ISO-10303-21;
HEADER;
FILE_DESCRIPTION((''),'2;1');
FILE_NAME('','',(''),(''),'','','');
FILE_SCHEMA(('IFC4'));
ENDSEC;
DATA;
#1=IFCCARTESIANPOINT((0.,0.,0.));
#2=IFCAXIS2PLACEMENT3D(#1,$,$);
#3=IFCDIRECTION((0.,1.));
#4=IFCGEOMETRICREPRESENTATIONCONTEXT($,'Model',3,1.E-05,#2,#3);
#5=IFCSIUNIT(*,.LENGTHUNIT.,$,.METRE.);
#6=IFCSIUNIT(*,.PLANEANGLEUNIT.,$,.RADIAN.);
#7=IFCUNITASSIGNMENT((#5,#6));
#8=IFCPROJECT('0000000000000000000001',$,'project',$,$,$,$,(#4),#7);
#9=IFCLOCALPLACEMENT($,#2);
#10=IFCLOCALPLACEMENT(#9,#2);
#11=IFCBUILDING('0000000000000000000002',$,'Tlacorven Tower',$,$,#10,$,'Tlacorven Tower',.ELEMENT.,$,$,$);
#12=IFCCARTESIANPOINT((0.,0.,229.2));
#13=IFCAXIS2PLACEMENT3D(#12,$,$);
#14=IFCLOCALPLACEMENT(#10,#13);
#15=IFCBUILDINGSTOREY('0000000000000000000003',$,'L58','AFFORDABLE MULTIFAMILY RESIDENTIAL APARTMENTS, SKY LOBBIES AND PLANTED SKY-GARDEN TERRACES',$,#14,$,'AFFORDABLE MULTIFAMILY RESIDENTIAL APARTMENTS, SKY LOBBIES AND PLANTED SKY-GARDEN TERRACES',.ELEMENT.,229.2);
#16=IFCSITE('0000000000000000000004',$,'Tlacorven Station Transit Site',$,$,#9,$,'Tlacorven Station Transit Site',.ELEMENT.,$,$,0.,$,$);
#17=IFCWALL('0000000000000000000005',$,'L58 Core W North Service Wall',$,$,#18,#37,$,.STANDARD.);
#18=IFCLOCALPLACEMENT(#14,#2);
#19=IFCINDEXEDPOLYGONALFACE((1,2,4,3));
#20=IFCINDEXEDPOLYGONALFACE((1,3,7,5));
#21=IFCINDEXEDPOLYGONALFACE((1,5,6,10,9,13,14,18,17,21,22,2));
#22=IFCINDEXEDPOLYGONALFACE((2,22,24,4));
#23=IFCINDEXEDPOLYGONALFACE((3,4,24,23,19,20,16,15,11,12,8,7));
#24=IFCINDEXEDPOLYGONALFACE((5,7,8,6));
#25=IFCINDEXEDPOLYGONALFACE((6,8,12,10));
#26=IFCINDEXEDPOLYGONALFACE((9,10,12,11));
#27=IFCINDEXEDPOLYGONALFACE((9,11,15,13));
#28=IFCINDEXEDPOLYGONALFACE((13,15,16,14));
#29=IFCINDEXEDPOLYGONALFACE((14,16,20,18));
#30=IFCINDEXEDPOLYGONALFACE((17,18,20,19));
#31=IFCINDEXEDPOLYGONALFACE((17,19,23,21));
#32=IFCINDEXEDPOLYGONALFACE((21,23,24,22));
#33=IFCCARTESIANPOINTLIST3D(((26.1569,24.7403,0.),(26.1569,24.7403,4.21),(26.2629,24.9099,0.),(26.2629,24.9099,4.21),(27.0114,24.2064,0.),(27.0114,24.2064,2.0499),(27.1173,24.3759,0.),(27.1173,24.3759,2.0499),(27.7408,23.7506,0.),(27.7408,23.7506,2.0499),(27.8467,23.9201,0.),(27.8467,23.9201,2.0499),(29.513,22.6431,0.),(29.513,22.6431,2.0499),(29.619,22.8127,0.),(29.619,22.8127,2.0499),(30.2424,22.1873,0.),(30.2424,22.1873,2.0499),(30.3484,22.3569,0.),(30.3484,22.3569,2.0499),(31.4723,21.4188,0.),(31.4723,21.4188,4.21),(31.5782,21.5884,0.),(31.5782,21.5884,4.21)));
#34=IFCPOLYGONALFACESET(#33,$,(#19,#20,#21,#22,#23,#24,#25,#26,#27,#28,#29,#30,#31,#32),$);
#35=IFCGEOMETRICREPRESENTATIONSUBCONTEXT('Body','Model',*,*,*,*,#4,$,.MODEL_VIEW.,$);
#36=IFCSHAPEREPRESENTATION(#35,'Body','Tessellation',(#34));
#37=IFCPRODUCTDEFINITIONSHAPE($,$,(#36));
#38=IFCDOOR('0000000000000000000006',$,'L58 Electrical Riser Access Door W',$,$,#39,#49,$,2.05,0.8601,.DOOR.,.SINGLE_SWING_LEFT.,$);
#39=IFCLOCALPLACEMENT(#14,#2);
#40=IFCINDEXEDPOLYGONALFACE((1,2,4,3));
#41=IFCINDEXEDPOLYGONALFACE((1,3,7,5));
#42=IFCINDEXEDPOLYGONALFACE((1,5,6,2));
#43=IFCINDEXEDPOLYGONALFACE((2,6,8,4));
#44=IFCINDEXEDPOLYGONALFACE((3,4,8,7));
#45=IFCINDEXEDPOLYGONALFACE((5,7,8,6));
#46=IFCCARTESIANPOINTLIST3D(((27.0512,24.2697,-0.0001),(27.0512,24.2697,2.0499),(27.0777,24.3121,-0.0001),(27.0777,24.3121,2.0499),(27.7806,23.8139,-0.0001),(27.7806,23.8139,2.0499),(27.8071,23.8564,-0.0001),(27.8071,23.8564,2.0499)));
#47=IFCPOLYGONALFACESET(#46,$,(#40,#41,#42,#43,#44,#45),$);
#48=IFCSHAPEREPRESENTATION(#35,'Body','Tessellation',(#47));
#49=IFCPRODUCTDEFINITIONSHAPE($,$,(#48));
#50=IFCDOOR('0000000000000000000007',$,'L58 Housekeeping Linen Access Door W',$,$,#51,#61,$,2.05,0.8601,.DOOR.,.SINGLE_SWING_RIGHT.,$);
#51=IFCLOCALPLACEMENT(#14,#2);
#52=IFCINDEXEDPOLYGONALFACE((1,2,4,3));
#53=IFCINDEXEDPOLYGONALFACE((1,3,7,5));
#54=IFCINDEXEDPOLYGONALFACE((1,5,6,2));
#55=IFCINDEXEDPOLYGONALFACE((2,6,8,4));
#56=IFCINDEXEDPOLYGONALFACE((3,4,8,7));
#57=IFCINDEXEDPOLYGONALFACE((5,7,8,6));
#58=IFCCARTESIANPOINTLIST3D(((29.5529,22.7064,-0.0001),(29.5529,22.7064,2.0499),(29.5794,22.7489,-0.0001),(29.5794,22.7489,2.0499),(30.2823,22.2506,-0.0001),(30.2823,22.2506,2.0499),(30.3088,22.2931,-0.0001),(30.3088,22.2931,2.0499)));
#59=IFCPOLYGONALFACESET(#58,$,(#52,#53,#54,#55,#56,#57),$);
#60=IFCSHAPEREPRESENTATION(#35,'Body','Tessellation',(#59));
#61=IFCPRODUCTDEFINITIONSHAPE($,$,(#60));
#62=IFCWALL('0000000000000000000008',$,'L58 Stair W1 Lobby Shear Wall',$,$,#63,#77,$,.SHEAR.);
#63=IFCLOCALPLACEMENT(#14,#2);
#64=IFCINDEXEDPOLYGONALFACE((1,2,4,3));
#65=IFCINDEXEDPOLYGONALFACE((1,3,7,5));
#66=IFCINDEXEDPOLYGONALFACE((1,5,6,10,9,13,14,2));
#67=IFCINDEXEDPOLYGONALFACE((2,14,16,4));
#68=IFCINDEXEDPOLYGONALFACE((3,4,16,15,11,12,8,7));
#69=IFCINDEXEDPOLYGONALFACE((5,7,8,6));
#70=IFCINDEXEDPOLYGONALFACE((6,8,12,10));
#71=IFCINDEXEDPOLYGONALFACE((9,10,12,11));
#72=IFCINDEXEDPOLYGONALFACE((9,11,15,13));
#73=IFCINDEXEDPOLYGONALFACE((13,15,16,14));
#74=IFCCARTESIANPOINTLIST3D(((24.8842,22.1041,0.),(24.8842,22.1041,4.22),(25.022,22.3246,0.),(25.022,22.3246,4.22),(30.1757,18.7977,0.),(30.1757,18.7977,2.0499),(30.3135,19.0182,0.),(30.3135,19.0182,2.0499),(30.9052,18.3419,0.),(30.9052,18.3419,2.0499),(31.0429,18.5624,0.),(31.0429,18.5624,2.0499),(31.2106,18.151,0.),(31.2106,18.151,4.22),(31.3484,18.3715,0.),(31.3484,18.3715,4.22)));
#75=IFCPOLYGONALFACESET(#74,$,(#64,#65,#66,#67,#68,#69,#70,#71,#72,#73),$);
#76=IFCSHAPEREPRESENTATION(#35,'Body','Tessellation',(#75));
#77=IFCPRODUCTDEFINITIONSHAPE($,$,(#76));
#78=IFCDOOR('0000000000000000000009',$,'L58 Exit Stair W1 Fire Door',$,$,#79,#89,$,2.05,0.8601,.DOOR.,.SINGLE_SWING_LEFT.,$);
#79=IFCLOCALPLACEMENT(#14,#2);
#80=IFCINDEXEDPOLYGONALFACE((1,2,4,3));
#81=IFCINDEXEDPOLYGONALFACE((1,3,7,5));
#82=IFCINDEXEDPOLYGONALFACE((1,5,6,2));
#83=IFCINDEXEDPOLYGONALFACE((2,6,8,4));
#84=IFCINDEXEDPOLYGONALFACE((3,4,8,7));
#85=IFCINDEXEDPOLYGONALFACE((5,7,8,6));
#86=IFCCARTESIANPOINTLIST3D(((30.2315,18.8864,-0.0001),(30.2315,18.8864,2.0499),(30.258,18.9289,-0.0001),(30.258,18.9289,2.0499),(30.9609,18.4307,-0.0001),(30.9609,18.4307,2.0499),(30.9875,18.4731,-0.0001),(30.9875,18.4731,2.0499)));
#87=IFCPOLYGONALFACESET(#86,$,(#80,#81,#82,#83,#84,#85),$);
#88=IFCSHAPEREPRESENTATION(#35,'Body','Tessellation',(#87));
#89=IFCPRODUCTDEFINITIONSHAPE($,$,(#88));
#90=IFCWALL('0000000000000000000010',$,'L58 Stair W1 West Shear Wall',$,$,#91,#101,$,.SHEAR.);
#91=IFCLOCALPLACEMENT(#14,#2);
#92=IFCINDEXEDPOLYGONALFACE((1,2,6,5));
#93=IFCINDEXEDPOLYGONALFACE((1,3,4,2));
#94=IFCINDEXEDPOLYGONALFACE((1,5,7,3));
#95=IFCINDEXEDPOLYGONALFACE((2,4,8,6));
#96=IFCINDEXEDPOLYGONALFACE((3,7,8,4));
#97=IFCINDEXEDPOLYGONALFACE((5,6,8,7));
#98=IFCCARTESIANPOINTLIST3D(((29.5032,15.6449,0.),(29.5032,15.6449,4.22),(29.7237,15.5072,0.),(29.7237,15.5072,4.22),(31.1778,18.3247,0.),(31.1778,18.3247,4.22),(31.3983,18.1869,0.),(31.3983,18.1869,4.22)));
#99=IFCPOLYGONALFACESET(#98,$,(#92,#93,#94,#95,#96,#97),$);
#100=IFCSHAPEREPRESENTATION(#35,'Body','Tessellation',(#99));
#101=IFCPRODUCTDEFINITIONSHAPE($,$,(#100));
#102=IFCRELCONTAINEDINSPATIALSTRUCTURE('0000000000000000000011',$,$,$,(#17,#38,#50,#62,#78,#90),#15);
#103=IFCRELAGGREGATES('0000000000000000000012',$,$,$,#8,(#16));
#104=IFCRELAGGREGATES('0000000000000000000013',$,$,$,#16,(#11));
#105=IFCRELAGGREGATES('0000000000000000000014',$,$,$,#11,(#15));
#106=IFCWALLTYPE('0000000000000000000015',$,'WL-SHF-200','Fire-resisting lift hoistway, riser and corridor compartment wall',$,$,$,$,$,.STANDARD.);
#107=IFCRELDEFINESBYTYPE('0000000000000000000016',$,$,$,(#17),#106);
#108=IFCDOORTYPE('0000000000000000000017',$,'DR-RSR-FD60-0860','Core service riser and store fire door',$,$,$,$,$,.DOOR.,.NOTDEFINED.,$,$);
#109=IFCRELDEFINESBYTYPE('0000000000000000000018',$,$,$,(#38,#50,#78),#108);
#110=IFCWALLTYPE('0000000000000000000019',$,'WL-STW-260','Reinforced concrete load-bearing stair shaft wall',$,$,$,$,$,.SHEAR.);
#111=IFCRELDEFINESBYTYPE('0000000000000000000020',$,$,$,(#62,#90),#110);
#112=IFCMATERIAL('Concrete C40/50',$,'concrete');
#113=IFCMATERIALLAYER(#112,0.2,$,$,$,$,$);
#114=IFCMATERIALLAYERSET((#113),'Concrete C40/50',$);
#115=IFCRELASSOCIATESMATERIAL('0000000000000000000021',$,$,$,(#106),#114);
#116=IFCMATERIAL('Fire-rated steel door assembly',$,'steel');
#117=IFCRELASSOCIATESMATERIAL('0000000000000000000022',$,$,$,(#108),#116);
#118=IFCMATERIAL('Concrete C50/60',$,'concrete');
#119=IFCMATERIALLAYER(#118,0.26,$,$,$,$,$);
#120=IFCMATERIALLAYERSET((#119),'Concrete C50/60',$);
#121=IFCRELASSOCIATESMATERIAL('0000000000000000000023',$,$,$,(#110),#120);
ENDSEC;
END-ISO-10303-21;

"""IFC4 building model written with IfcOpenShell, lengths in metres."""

from ifc_helpers import new_model, si_unit, direction, frame, frame_2d, origin, place, context, subcontext, project, spatial, rectangle, extrude, source, transform, mapped, material, layer, layer_set, type_object, element, fill, save


model = new_model("IFC4")

# Units and contexts
model_context = context("Model", 3, precision=1e-05, world=origin(), true_north=direction((0.0, 1.0)))
body_context = subcontext(model_context, "Body", "Model", "MODEL_VIEW")
ifc_project = project(units=[si_unit("LENGTHUNIT", "METRE"), si_unit("PLANEANGLEUNIT", "RADIAN")], contexts=[model_context])

# Site, building, storey
site_placement = place(None, origin())
site = spatial("IfcSite", under=ifc_project, at=site_placement, Name="Tlacorven Station Transit Site", LongName="Tlacorven Station Transit Site", CompositionType="ELEMENT", RefElevation=0.0)
building_placement = place(site_placement, origin())
building = spatial("IfcBuilding", under=site, at=building_placement, Name="Tlacorven Tower", LongName="Tlacorven Tower", CompositionType="ELEMENT")
storey_placement = place(building_placement, frame((0.0, 0.0, 229.2)))
storey = spatial("IfcBuildingStorey", under=building, at=storey_placement, Name="L58", Description="AFFORDABLE MULTIFAMILY RESIDENTIAL APARTMENTS, SKY LOBBIES AND PLANTED SKY-GARDEN TERRACES", LongName="AFFORDABLE MULTIFAMILY RESIDENTIAL APARTMENTS, SKY LOBBIES AND PLANTED SKY-GARDEN TERRACES", CompositionType="ELEMENT", Elevation=229.2)

# Shared definitions
ifc_material_1 = material(Name="Concrete C50/60", Category="concrete")

# Shared definitions
ifc_material_2 = material(Name="Concrete C40/50", Category="concrete")
ifc_layer_1 = layer(ifc_material_2, 0.2)
ifc_layer_set_1 = layer_set([ifc_layer_1], Name="Concrete C40/50")
wall_type_1 = type_object("IfcWallType", Name="WL-SHF-200", Description="Fire-resisting lift hoistway, riser and corridor compartment wall", PredefinedType="STANDARD", material=ifc_layer_set_1)

# Wall, openings, doors
wall_1_placement = place(storey_placement, frame((31.5251, 21.5037, 0.0), z_axis=(0.0, 0.0, 1.0), x_axis=(-0.848042, 0.529929, 0.0)))
wall_1 = element("IfcWall", 1, at=wall_1_placement, inside=storey, type_object=wall_type_1, Name="L58 Core W North Service Wall", PredefinedType="STANDARD", context=body_context, shape_type="SweptSolid", body=[
    extrude(rectangle(XDim=6.2678, YDim=0.2, at=frame_2d((3.1338, 0.0))), origin(), (0.0, 0.0, 1.0), 4.21),
])
opening_1_placement = place(wall_1_placement, frame((4.3999, 0.0, 0.0)))
opening_1 = element("IfcOpeningElement", 2, at=opening_1_placement, cuts=wall_1, PredefinedType="OPENING", context=body_context, shape_type="SweptSolid", body=[
    extrude(rectangle(XDim=0.8601, YDim=2.05, at=frame_2d((0.4302, 1.0249))), frame((0.0, 0.1099, 0.0), z_axis=(0.0, -1.0, 0.0), x_axis=(1.0, 0.0, 0.0)), (0.0, 0.0, 1.0), 0.22),
])
opening_2_placement = place(wall_1_placement, frame((1.45, 0.0, 0.0)))
opening_2 = element("IfcOpeningElement", 3, at=opening_2_placement, cuts=wall_1, PredefinedType="OPENING", context=body_context, shape_type="SweptSolid", body=[
    extrude(rectangle(XDim=0.8601, YDim=2.05, at=frame_2d((0.4302, 1.0249))), frame((0.0, 0.1099, 0.0), z_axis=(0.0, -1.0, 0.0), x_axis=(1.0, 0.0, 0.0)), (0.0, 0.0, 1.0), 0.22),
])
ifc_material_3 = material(Name="Fire-rated steel door assembly", Category="steel")
door_type_1 = type_object("IfcDoorType", Name="DR-RSR-FD60-0860", Description="Core service riser and store fire door", OperationType="NOTDEFINED", PredefinedType="DOOR", material=ifc_material_3)
shared_shape_1 = source(origin(), body_context, "Body", "SweptSolid", [
    extrude(rectangle(XDim=0.8601, YDim=2.05, at=frame_2d((0.4302, 1.0249))), frame((0.0, 0.0249, 0.0), z_axis=(0.0, -1.0, 0.0), x_axis=(1.0, 0.0, 0.0)), (0.0, 0.0, 1.0), 0.05),
])
door_1_placement = place(opening_1_placement, frame((0.8601, 0.0, 0.0), z_axis=(0.0, 0.0, 1.0), x_axis=(-1.0, 0.0, 0.0)))
door_1 = element("IfcDoor", 4, at=door_1_placement, inside=storey, type_object=door_type_1, Name="L58 Electrical Riser Access Door W", OperationType="SINGLE_SWING_LEFT", OverallHeight=2.05, OverallWidth=0.8601, PredefinedType="DOOR", context=body_context, shape_type="MappedRepresentation", body=[
    mapped(shared_shape_1, transform((0.0, 0.0, 0.0), scale=1.0)),
])
fill(opening_1, door_1)
door_2_placement = place(opening_2_placement, frame((0.8601, 0.0, 0.0), z_axis=(0.0, 0.0, 1.0), x_axis=(-1.0, 0.0, 0.0)))
door_2 = element("IfcDoor", 5, at=door_2_placement, inside=storey, type_object=door_type_1, Name="L58 Housekeeping Linen Access Door W", OperationType="SINGLE_SWING_RIGHT", OverallHeight=2.05, OverallWidth=0.8601, PredefinedType="DOOR", context=body_context, shape_type="MappedRepresentation", body=[
    mapped(shared_shape_1, transform((0.0, 0.0, 0.0), scale=1.0)),
])
fill(opening_2, door_2)

# Wall, opening, door
ifc_layer_2 = layer(ifc_material_1, 0.26)
ifc_layer_set_2 = layer_set([ifc_layer_2], Name="Concrete C50/60")
wall_type_2 = type_object("IfcWallType", Name="WL-STW-260", Description="Reinforced concrete load-bearing stair shaft wall", PredefinedType="SHEAR", material=ifc_layer_set_2)
wall_2_placement = place(storey_placement, frame((31.2795, 18.2612, 0.0), z_axis=(0.0, 0.0, 1.0), x_axis=(-0.848052, 0.529914, 0.0)))
wall_2 = element("IfcWall", 6, at=wall_2_placement, inside=storey, type_object=wall_type_2, Name="L58 Stair W1 Lobby Shear Wall", PredefinedType="SHEAR", context=body_context, shape_type="SweptSolid", body=[
    extrude(rectangle(XDim=7.46, YDim=0.26, at=frame_2d((3.73, 0.0))), origin(), (0.0, 0.0, 1.0), 4.22),
])
opening_3_placement = place(wall_2_placement, frame((0.3601, 0.0, 0.0)))
opening_3 = element("IfcOpeningElement", 7, at=opening_3_placement, cuts=wall_2, PredefinedType="OPENING", context=body_context, shape_type="SweptSolid", body=[
    extrude(rectangle(XDim=0.8601, YDim=2.05, at=frame_2d((0.4302, 1.0249))), frame((0.0, 0.1401, 0.0), z_axis=(0.0, -1.0, 0.0), x_axis=(1.0, 0.0, 0.0)), (0.0, 0.0, 1.0), 0.28),
])
door_3_placement = place(opening_3_placement, frame((0.8601, 0.0, 0.0), z_axis=(0.0, 0.0, 1.0), x_axis=(-1.0, 0.0, 0.0)))
door_3 = element("IfcDoor", 8, at=door_3_placement, inside=storey, type_object=door_type_1, Name="L58 Exit Stair W1 Fire Door", OperationType="SINGLE_SWING_LEFT", OverallHeight=2.05, OverallWidth=0.8601, PredefinedType="DOOR", context=body_context, shape_type="MappedRepresentation", body=[
    mapped(shared_shape_1, transform((0.0, 0.0, 0.0), scale=1.0)),
])
fill(opening_3, door_3)

# Wall
wall_3_placement = place(storey_placement, frame((31.2881, 18.2559, 0.0), z_axis=(0.0, 0.0, 1.0), x_axis=(-0.529943, -0.848033, 0.0)))
element("IfcWall", 9, at=wall_3_placement, inside=storey, type_object=wall_type_2, Name="L58 Stair W1 West Shear Wall", PredefinedType="SHEAR", context=body_context, shape_type="SweptSolid", body=[
    extrude(rectangle(XDim=3.1599, YDim=0.26, at=frame_2d((1.5801, 0.0))), origin(), (0.0, 0.0, 1.0), 4.22),
])

save(model, "model.ifc")
